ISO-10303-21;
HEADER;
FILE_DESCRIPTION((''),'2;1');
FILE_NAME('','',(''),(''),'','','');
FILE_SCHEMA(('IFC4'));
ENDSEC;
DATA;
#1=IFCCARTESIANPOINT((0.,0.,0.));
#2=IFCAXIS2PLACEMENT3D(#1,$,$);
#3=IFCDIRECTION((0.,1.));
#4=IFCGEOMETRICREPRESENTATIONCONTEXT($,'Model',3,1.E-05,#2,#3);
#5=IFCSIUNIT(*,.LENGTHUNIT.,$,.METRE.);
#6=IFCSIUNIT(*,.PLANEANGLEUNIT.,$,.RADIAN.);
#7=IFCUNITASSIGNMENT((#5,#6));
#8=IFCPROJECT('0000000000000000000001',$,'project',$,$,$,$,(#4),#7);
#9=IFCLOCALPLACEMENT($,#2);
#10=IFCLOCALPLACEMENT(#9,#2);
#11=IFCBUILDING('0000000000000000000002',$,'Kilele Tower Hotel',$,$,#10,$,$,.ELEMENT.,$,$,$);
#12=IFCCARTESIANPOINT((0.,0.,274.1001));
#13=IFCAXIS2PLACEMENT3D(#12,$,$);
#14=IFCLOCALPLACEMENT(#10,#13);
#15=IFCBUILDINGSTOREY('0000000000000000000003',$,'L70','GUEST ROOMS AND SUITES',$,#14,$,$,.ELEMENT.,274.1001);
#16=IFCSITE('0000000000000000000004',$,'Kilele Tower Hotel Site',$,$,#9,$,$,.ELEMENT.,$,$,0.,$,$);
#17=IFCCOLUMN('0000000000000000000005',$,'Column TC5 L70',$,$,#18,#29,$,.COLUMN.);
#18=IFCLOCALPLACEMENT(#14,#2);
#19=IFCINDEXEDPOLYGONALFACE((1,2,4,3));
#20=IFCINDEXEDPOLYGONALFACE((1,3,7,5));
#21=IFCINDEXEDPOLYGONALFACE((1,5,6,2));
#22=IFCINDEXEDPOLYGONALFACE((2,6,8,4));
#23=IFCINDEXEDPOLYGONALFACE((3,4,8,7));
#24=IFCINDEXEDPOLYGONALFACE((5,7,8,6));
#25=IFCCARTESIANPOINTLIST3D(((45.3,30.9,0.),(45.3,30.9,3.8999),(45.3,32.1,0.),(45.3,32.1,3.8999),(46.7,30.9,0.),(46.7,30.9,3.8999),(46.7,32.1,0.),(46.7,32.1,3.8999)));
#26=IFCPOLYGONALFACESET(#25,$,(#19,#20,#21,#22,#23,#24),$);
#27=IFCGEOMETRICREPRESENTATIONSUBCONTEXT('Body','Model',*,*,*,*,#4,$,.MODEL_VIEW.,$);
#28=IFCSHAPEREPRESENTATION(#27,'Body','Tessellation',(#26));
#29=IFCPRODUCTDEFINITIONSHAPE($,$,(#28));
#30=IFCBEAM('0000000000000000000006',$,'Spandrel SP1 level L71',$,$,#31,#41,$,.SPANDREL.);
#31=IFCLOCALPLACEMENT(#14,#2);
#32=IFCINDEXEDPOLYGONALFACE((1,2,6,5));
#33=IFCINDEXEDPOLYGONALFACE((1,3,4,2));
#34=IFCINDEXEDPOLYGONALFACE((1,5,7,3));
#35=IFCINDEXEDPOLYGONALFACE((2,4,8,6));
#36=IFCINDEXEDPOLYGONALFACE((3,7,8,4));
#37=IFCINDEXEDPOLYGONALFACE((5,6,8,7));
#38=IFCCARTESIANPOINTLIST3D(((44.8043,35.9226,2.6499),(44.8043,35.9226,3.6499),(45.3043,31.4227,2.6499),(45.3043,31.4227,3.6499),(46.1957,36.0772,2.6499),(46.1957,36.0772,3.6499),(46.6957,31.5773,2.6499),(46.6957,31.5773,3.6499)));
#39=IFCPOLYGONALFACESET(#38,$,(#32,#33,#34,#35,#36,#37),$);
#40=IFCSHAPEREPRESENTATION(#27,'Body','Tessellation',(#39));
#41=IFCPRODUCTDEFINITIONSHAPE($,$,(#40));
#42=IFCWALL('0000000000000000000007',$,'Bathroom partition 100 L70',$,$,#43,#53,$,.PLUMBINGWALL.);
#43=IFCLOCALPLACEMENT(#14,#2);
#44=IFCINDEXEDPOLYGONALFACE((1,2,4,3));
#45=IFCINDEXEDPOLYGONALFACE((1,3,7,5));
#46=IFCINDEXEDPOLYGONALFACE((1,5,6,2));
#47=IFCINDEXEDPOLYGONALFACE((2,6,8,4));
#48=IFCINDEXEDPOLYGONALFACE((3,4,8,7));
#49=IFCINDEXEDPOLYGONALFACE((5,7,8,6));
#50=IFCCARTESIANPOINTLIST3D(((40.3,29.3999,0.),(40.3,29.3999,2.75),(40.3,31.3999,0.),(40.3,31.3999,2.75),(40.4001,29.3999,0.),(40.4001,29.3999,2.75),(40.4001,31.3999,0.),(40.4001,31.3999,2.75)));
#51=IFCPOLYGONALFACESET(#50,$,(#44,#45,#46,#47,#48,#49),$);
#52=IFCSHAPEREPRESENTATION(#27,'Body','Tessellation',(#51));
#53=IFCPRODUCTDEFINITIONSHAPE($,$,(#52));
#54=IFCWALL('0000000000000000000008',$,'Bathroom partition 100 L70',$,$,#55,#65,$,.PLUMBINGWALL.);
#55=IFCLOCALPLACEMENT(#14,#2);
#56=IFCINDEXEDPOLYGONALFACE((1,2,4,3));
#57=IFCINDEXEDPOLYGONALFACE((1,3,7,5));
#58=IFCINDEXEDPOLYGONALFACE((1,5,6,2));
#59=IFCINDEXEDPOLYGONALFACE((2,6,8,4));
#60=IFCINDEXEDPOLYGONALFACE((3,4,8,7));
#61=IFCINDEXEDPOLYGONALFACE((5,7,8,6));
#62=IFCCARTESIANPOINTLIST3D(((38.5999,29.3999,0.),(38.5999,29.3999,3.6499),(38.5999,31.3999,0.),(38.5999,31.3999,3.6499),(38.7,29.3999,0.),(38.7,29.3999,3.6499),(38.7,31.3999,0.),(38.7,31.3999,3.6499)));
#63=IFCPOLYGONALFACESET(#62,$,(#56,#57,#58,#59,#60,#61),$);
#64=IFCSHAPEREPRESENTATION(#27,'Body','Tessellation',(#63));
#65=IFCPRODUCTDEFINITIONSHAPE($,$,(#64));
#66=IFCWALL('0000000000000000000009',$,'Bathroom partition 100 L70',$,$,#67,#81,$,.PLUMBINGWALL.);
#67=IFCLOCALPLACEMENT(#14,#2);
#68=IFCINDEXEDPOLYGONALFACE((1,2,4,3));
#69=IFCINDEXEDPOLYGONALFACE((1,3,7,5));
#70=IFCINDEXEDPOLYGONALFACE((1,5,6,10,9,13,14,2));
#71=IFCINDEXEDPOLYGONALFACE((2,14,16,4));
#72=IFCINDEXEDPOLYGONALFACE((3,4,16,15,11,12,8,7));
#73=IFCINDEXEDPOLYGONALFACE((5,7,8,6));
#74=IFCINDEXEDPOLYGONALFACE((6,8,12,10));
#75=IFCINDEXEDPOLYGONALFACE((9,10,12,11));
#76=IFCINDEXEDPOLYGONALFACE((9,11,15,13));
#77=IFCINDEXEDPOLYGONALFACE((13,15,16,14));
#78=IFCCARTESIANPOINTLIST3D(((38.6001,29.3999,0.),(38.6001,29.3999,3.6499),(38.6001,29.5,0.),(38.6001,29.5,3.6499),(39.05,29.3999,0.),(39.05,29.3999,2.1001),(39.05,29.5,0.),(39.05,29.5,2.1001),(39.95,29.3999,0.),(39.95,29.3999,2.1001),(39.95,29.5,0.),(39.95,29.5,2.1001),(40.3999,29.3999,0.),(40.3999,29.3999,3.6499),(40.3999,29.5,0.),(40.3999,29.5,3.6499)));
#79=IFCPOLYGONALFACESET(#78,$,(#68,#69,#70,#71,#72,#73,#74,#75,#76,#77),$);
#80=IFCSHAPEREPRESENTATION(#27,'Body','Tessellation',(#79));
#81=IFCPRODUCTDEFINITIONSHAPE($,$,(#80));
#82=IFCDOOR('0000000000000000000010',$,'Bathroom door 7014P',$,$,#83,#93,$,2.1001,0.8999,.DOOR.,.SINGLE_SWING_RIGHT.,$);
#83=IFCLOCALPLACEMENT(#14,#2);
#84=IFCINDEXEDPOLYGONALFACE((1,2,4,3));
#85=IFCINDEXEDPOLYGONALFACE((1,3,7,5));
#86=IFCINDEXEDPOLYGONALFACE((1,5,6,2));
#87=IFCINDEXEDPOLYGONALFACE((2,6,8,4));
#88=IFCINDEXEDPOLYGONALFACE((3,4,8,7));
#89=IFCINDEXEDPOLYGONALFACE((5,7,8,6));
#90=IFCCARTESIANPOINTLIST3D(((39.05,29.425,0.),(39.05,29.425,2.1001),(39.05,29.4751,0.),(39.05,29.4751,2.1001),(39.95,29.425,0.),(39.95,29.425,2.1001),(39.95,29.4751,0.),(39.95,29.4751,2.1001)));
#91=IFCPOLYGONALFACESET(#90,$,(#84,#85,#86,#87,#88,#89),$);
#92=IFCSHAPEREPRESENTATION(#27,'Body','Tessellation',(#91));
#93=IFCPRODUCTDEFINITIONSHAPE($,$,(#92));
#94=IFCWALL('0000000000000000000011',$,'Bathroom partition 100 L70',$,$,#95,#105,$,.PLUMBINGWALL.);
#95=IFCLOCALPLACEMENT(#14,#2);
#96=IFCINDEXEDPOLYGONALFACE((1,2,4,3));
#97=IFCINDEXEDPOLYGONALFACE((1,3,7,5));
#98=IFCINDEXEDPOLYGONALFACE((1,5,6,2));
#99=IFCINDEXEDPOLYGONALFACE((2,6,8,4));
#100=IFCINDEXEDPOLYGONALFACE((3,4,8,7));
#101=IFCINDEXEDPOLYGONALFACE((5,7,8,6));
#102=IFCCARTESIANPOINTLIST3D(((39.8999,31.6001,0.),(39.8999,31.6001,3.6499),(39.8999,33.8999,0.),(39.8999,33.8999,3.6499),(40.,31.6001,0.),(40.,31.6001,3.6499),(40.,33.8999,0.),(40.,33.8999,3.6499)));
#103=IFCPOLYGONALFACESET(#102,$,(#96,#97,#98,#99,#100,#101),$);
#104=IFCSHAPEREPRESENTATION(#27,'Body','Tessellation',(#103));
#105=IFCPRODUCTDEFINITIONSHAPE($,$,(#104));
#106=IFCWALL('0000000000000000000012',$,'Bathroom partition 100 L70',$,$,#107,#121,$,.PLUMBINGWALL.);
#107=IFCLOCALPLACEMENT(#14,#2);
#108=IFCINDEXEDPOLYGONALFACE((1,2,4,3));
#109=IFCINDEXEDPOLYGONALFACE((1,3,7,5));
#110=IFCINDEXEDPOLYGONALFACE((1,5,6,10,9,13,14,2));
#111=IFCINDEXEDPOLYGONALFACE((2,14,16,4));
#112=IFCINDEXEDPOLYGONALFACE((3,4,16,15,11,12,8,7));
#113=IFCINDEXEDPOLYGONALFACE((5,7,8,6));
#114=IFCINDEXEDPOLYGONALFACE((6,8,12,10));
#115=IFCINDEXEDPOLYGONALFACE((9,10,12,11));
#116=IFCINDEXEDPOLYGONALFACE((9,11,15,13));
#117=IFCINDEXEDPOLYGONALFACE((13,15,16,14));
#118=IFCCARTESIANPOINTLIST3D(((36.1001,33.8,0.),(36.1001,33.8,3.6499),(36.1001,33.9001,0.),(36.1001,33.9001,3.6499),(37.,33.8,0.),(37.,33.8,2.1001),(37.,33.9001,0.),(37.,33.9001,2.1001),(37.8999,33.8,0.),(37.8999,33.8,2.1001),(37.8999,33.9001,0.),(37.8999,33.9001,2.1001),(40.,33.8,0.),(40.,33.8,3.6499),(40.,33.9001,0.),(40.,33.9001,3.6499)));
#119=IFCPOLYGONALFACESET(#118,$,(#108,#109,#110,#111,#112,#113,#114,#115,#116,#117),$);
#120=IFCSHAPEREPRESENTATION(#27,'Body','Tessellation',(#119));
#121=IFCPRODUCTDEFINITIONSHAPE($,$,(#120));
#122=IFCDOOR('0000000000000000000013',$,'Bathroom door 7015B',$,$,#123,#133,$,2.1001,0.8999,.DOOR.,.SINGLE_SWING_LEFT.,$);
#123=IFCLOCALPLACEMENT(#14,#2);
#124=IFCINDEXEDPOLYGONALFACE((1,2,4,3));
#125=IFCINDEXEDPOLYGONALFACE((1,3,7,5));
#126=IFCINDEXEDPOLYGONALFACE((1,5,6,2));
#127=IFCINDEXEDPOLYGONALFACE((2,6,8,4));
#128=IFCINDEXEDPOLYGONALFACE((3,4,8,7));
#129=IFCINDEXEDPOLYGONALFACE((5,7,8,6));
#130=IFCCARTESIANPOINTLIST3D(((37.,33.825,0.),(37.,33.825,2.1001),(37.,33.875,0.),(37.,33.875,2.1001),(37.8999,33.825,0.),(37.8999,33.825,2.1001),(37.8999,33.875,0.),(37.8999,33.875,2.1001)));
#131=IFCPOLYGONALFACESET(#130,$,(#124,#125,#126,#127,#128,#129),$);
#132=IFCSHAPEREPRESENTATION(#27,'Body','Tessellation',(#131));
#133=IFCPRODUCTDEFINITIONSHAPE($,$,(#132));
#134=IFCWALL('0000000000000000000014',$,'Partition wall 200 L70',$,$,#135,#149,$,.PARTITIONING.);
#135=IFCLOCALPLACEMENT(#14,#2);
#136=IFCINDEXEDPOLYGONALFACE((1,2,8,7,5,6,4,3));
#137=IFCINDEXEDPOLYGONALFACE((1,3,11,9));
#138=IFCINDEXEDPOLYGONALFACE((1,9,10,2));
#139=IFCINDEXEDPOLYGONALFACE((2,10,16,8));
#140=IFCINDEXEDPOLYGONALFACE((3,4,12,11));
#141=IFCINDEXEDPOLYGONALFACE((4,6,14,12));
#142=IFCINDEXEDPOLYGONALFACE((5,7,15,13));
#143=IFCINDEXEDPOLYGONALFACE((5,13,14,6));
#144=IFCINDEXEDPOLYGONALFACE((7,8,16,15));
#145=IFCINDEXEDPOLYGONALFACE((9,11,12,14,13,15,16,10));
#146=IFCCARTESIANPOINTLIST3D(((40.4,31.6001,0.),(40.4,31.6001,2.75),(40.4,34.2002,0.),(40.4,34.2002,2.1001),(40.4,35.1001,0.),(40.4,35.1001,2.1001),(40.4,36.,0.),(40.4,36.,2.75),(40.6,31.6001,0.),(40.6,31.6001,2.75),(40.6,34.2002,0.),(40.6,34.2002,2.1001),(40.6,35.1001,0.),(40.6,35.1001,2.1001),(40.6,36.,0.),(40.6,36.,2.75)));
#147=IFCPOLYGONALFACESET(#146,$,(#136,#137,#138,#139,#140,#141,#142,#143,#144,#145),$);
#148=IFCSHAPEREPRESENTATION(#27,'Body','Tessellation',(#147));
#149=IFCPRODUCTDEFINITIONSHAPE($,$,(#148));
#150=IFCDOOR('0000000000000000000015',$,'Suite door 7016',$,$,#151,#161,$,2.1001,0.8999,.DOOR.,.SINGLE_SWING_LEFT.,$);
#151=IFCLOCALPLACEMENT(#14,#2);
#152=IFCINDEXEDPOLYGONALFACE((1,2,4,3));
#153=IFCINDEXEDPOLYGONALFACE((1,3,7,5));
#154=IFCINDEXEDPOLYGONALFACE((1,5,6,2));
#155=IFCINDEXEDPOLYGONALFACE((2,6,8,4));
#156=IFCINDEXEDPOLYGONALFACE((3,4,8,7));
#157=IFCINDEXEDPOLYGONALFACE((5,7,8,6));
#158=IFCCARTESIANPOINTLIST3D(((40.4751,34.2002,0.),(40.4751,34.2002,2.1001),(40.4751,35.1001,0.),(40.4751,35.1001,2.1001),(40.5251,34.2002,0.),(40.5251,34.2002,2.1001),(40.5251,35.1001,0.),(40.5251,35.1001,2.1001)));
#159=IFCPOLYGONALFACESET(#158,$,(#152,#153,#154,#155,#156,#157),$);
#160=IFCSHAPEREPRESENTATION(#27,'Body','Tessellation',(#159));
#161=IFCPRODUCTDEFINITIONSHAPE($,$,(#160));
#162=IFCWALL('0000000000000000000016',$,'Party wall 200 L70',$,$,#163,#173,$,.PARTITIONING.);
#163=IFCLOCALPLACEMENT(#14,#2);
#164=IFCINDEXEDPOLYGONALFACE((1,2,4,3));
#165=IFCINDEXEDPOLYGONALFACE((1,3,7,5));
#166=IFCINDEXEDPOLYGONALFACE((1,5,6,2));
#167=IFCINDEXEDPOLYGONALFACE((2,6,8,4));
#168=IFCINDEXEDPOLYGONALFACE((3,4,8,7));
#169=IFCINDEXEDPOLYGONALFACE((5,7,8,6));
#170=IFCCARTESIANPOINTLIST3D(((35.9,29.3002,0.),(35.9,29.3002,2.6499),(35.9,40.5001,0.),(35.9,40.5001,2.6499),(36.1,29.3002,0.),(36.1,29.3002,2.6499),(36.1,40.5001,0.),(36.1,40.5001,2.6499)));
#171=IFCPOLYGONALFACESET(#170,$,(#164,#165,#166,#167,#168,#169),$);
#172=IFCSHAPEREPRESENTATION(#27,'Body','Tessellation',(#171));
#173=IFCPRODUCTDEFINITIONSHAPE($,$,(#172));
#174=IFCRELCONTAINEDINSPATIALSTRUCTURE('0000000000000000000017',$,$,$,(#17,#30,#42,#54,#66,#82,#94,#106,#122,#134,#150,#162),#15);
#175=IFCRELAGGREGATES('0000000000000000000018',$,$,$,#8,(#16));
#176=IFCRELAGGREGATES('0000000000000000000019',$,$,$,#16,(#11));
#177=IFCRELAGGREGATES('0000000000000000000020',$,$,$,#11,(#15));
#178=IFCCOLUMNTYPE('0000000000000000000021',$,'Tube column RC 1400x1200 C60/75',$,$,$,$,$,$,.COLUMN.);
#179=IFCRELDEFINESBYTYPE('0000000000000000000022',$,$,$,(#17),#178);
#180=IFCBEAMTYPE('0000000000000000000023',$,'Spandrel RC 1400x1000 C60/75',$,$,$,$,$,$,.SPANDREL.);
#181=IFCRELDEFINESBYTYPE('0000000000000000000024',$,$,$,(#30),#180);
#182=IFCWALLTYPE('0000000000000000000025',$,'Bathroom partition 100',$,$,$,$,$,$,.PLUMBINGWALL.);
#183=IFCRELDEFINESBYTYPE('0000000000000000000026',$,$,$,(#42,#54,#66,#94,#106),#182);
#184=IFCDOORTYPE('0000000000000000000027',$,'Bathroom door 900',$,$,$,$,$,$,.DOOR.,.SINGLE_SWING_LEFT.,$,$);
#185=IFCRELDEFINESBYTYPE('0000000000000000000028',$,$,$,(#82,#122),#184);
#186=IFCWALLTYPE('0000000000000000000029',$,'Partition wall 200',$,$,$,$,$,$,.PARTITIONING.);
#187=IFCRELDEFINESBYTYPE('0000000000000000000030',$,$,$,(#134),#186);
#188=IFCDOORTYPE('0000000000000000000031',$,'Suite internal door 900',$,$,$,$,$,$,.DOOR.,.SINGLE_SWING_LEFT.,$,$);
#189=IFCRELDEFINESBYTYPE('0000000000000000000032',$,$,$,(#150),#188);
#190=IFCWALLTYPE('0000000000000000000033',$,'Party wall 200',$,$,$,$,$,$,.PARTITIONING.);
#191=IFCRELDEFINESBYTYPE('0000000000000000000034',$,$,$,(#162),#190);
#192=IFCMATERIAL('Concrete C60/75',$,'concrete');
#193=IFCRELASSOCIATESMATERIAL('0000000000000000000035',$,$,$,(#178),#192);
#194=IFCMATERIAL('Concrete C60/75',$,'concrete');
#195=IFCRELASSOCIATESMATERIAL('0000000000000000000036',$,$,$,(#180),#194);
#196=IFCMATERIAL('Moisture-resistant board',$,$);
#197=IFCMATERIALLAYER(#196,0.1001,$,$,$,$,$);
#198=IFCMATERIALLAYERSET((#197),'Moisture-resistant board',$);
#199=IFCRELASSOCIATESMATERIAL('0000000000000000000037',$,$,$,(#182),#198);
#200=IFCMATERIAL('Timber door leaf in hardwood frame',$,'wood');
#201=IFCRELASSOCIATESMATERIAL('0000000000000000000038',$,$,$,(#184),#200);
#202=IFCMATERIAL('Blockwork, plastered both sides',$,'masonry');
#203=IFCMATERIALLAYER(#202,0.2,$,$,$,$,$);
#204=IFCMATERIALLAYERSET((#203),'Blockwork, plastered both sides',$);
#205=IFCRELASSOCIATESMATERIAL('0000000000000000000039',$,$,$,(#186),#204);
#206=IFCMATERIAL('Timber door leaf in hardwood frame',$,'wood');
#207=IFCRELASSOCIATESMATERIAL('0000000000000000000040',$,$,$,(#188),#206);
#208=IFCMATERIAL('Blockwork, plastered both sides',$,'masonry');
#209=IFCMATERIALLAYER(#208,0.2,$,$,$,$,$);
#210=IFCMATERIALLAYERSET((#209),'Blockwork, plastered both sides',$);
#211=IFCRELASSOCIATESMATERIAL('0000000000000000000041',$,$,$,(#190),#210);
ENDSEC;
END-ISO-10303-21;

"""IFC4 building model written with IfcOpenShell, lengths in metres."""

from ifc_helpers import new_model, si_unit, direction, frame, frame_2d, origin, origin_2d, place, context, subcontext, project, spatial, rectangle, extrude, material, layer, layer_set, material_profile, profile_set, type_object, element, fill, save


model = new_model("IFC4")

# Units and contexts
model_context = context("Model", 3, precision=1e-05, world=origin(), true_north=direction((0.0, 1.0)))
body_context = subcontext(model_context, "Body", "Model", "MODEL_VIEW")
ifc_project = project(units=[si_unit("LENGTHUNIT", "METRE"), si_unit("PLANEANGLEUNIT", "RADIAN")], contexts=[model_context])

# Site, building, storey
site_placement = place(None, origin())
site = spatial("IfcSite", under=ifc_project, at=site_placement, Name="Kilele Tower Hotel Site", CompositionType="ELEMENT", RefElevation=0.0)
building_placement = place(site_placement, origin())
building = spatial("IfcBuilding", under=site, at=building_placement, Name="Kilele Tower Hotel", CompositionType="ELEMENT")
storey_placement = place(building_placement, frame((0.0, 0.0, 274.1001)))
storey = spatial("IfcBuildingStorey", under=building, at=storey_placement, Name="L70", Description="GUEST ROOMS AND SUITES", CompositionType="ELEMENT", Elevation=274.1001)

# Column
ifc_material_1 = material(Name="Concrete C60/75", Category="concrete")
ifc_material_profile_1 = material_profile(ifc_material_1, rectangle(XDim=1.3999, YDim=1.2, at=origin_2d()))
ifc_profile_set_1 = profile_set([ifc_material_profile_1], Name="Concrete C60/75")
column_type = type_object("IfcColumnType", Name="Tube column RC 1400x1200 C60/75", PredefinedType="COLUMN", material=ifc_profile_set_1)
column_placement = place(storey_placement, frame((46.0, 31.5, 0.0), z_axis=(0.0, 0.0, 1.0), x_axis=(1.0, 0.0, 0.0)))
element("IfcColumn", 1, at=column_placement, inside=storey, type_object=column_type, Name="Column TC5 L70", PredefinedType="COLUMN", context=body_context, shape_type="SweptSolid", body=[
    extrude(rectangle(XDim=1.3999, YDim=1.2, at=origin_2d()), origin(), (0.0, 0.0, 1.0), 3.8999),
])

# Beam
ifc_material_2 = material(Name="Concrete C60/75", Category="concrete")
ifc_material_profile_2 = material_profile(ifc_material_2, rectangle(XDim=1.3999, YDim=1.0, at=origin_2d()))
ifc_profile_set_2 = profile_set([ifc_material_profile_2], Name="Concrete C60/75")
beam_type = type_object("IfcBeamType", Name="Spandrel RC 1400x1000 C60/75", PredefinedType="SPANDREL", material=ifc_profile_set_2)
beam_placement = place(storey_placement, frame((46.0, 31.5, 3.1499), z_axis=(-0.110432, 0.993884, 0.0), x_axis=(-0.993884, -0.110432, 0.0)))
element("IfcBeam", 2, at=beam_placement, inside=storey, type_object=beam_type, Name="Spandrel SP1 level L71", PredefinedType="SPANDREL", context=body_context, shape_type="SweptSolid", body=[
    extrude(rectangle(XDim=1.3999, YDim=1.0, at=origin_2d()), origin(), (0.0, 0.0, 1.0), 4.5276),
])

# Walls
ifc_material_3 = material(Name="Moisture-resistant board")
ifc_layer_1 = layer(ifc_material_3, 0.1001)
ifc_layer_set_1 = layer_set([ifc_layer_1], Name="Moisture-resistant board")
wall_type_1 = type_object("IfcWallType", Name="Bathroom partition 100", PredefinedType="PLUMBINGWALL", material=ifc_layer_set_1)
wall_1_placement = place(storey_placement, frame((40.3501, 31.3999, 0.0), z_axis=(0.0, 0.0, 1.0), x_axis=(0.0, -1.0, 0.0)))
element("IfcWall", 3, at=wall_1_placement, inside=storey, type_object=wall_type_1, Name="Bathroom partition 100 L70", PredefinedType="PLUMBINGWALL", context=body_context, shape_type="SweptSolid", body=[
    extrude(rectangle(XDim=2.0, YDim=0.1001, at=frame_2d((1.0, 0.0))), origin(), (0.0, 0.0, 1.0), 2.75),
])
wall_2_placement = place(storey_placement, frame((38.6499, 31.3999, 0.0), z_axis=(0.0, 0.0, 1.0), x_axis=(0.0, -1.0, 0.0)))
element("IfcWall", 4, at=wall_2_placement, inside=storey, type_object=wall_type_1, Name="Bathroom partition 100 L70", PredefinedType="PLUMBINGWALL", context=body_context, shape_type="SweptSolid", body=[
    extrude(rectangle(XDim=2.0, YDim=0.1001, at=frame_2d((1.0, 0.0))), origin(), (0.0, 0.0, 1.0), 3.6499),
])

# Wall, opening, door
wall_3_placement = place(storey_placement, frame((38.6001, 29.45, 0.0), z_axis=(0.0, 0.0, 1.0), x_axis=(1.0, 0.0, 0.0)))
wall_3 = element("IfcWall", 5, at=wall_3_placement, inside=storey, type_object=wall_type_1, Name="Bathroom partition 100 L70", PredefinedType="PLUMBINGWALL", context=body_context, shape_type="SweptSolid", body=[
    extrude(rectangle(XDim=1.7998, YDim=0.1001, at=frame_2d((0.8999, 0.0))), origin(), (0.0, 0.0, 1.0), 3.6499),
])
opening_1_placement = place(wall_3_placement, frame((1.3499, 0.0, 0.0), z_axis=(0.0, 0.0, 1.0), x_axis=(-1.0, 0.0, 0.0)))
opening_1 = element("IfcOpeningElement", 6, at=opening_1_placement, cuts=wall_3, PredefinedType="OPENING", context=body_context, shape_type="SweptSolid", body=[
    extrude(rectangle(XDim=0.8999, YDim=2.1001, at=frame_2d((0.45, 1.05))), frame((0.0, 0.0601, 0.0), z_axis=(0.0, -1.0, 0.0), x_axis=(1.0, 0.0, 0.0)), (0.0, 0.0, 1.0), 0.1201),
])
ifc_material_4 = material(Name="Timber door leaf in hardwood frame", Category="wood")
door_type_1 = type_object("IfcDoorType", Name="Bathroom door 900", OperationType="SINGLE_SWING_LEFT", PredefinedType="DOOR", material=ifc_material_4)
door_1_placement = place(opening_1_placement, origin())
door_1 = element("IfcDoor", 7, at=door_1_placement, inside=storey, type_object=door_type_1, Name="Bathroom door 7014P", OperationType="SINGLE_SWING_RIGHT", OverallHeight=2.1001, OverallWidth=0.8999, PredefinedType="DOOR", context=body_context, shape_type="SweptSolid", body=[
    extrude(rectangle(XDim=0.8999, YDim=2.1001, at=frame_2d((0.45, 1.05))), frame((0.0, 0.0249, 0.0), z_axis=(0.0, -1.0, 0.0), x_axis=(1.0, 0.0, 0.0)), (0.0, 0.0, 1.0), 0.05),
])
fill(opening_1, door_1)

# Wall
wall_4_placement = place(storey_placement, frame((39.95, 31.6001, 0.0), z_axis=(0.0, 0.0, 1.0), x_axis=(0.0, 1.0, 0.0)))
element("IfcWall", 8, at=wall_4_placement, inside=storey, type_object=wall_type_1, Name="Bathroom partition 100 L70", PredefinedType="PLUMBINGWALL", context=body_context, shape_type="SweptSolid", body=[
    extrude(rectangle(XDim=2.2998, YDim=0.1001, at=frame_2d((1.1499, 0.0))), origin(), (0.0, 0.0, 1.0), 3.6499),
])

# Walls, openings, doors
wall_5_placement = place(storey_placement, frame((36.1001, 33.8501, 0.0), z_axis=(0.0, 0.0, 1.0), x_axis=(1.0, 0.0, 0.0)))
wall_5 = element("IfcWall", 9, at=wall_5_placement, inside=storey, type_object=wall_type_1, Name="Bathroom partition 100 L70", PredefinedType="PLUMBINGWALL", context=body_context, shape_type="SweptSolid", body=[
    extrude(rectangle(XDim=3.8999, YDim=0.1001, at=frame_2d((1.95, 0.0))), origin(), (0.0, 0.0, 1.0), 3.6499),
])
opening_2_placement = place(wall_5_placement, frame((0.8999, 0.0, 0.0)))
opening_2 = element("IfcOpeningElement", 10, at=opening_2_placement, cuts=wall_5, PredefinedType="OPENING", context=body_context, shape_type="SweptSolid", body=[
    extrude(rectangle(XDim=0.8999, YDim=2.1001, at=frame_2d((0.45, 1.05))), frame((0.0, 0.0601, 0.0), z_axis=(0.0, -1.0, 0.0), x_axis=(1.0, 0.0, 0.0)), (0.0, 0.0, 1.0), 0.1201),
])
door_2_placement = place(opening_2_placement, origin())
door_2 = element("IfcDoor", 11, at=door_2_placement, inside=storey, type_object=door_type_1, Name="Bathroom door 7015B", OperationType="SINGLE_SWING_LEFT", OverallHeight=2.1001, OverallWidth=0.8999, PredefinedType="DOOR", context=body_context, shape_type="SweptSolid", body=[
    extrude(rectangle(XDim=0.8999, YDim=2.1001, at=frame_2d((0.45, 1.05))), frame((0.0, 0.0249, 0.0), z_axis=(0.0, -1.0, 0.0), x_axis=(1.0, 0.0, 0.0)), (0.0, 0.0, 1.0), 0.05),
])
fill(opening_2, door_2)
ifc_material_5 = material(Name="Blockwork, plastered both sides", Category="masonry")
ifc_layer_2 = layer(ifc_material_5, 0.2)
ifc_layer_set_2 = layer_set([ifc_layer_2], Name="Blockwork, plastered both sides")
wall_type_2 = type_object("IfcWallType", Name="Partition wall 200", PredefinedType="PARTITIONING", material=ifc_layer_set_2)
wall_6_placement = place(storey_placement, frame((40.5, 31.6001, 0.0), z_axis=(0.0, 0.0, 1.0), x_axis=(0.0, 1.0, 0.0)))
wall_6 = element("IfcWall", 12, at=wall_6_placement, inside=storey, type_object=wall_type_2, Name="Partition wall 200 L70", PredefinedType="PARTITIONING", context=body_context, shape_type="SweptSolid", body=[
    extrude(rectangle(XDim=4.3999, YDim=0.2, at=frame_2d((2.2, 0.0))), origin(), (0.0, 0.0, 1.0), 2.75),
])
opening_3_placement = place(wall_6_placement, frame((2.6001, 0.0, 0.0)))
opening_3 = element("IfcOpeningElement", 13, at=opening_3_placement, cuts=wall_6, PredefinedType="OPENING", context=body_context, shape_type="SweptSolid", body=[
    extrude(rectangle(XDim=0.8999, YDim=2.1001, at=frame_2d((0.45, 1.05))), frame((0.0, 0.1099, 0.0), z_axis=(0.0, -1.0, 0.0), x_axis=(1.0, 0.0, 0.0)), (0.0, 0.0, 1.0), 0.22),
])
ifc_material_6 = material(Name="Timber door leaf in hardwood frame", Category="wood")
door_type_2 = type_object("IfcDoorType", Name="Suite internal door 900", OperationType="SINGLE_SWING_LEFT", PredefinedType="DOOR", material=ifc_material_6)
door_3_placement = place(opening_3_placement, origin())
door_3 = element("IfcDoor", 14, at=door_3_placement, inside=storey, type_object=door_type_2, Name="Suite door 7016", OperationType="SINGLE_SWING_LEFT", OverallHeight=2.1001, OverallWidth=0.8999, PredefinedType="DOOR", context=body_context, shape_type="SweptSolid", body=[
    extrude(rectangle(XDim=0.8999, YDim=2.1001, at=frame_2d((0.45, 1.05))), frame((0.0, 0.0249, 0.0), z_axis=(0.0, -1.0, 0.0), x_axis=(1.0, 0.0, 0.0)), (0.0, 0.0, 1.0), 0.05),
])
fill(opening_3, door_3)

# Wall
ifc_material_7 = material(Name="Blockwork, plastered both sides", Category="masonry")
ifc_layer_3 = layer(ifc_material_7, 0.2)
ifc_layer_set_3 = layer_set([ifc_layer_3], Name="Blockwork, plastered both sides")
wall_type_3 = type_object("IfcWallType", Name="Party wall 200", PredefinedType="PARTITIONING", material=ifc_layer_set_3)
wall_7_placement = place(storey_placement, frame((36.0, 29.3, 0.0), z_axis=(0.0, 0.0, 1.0), x_axis=(0.0, 1.0, 0.0)))
element("IfcWall", 15, at=wall_7_placement, inside=storey, type_object=wall_type_3, Name="Party wall 200 L70", PredefinedType="PARTITIONING", context=body_context, shape_type="SweptSolid", body=[
    extrude(rectangle(XDim=11.2, YDim=0.2, at=frame_2d((5.6001, 0.0))), origin(), (0.0, 0.0, 1.0), 2.6499),
])

save(model, "model.ifc")
